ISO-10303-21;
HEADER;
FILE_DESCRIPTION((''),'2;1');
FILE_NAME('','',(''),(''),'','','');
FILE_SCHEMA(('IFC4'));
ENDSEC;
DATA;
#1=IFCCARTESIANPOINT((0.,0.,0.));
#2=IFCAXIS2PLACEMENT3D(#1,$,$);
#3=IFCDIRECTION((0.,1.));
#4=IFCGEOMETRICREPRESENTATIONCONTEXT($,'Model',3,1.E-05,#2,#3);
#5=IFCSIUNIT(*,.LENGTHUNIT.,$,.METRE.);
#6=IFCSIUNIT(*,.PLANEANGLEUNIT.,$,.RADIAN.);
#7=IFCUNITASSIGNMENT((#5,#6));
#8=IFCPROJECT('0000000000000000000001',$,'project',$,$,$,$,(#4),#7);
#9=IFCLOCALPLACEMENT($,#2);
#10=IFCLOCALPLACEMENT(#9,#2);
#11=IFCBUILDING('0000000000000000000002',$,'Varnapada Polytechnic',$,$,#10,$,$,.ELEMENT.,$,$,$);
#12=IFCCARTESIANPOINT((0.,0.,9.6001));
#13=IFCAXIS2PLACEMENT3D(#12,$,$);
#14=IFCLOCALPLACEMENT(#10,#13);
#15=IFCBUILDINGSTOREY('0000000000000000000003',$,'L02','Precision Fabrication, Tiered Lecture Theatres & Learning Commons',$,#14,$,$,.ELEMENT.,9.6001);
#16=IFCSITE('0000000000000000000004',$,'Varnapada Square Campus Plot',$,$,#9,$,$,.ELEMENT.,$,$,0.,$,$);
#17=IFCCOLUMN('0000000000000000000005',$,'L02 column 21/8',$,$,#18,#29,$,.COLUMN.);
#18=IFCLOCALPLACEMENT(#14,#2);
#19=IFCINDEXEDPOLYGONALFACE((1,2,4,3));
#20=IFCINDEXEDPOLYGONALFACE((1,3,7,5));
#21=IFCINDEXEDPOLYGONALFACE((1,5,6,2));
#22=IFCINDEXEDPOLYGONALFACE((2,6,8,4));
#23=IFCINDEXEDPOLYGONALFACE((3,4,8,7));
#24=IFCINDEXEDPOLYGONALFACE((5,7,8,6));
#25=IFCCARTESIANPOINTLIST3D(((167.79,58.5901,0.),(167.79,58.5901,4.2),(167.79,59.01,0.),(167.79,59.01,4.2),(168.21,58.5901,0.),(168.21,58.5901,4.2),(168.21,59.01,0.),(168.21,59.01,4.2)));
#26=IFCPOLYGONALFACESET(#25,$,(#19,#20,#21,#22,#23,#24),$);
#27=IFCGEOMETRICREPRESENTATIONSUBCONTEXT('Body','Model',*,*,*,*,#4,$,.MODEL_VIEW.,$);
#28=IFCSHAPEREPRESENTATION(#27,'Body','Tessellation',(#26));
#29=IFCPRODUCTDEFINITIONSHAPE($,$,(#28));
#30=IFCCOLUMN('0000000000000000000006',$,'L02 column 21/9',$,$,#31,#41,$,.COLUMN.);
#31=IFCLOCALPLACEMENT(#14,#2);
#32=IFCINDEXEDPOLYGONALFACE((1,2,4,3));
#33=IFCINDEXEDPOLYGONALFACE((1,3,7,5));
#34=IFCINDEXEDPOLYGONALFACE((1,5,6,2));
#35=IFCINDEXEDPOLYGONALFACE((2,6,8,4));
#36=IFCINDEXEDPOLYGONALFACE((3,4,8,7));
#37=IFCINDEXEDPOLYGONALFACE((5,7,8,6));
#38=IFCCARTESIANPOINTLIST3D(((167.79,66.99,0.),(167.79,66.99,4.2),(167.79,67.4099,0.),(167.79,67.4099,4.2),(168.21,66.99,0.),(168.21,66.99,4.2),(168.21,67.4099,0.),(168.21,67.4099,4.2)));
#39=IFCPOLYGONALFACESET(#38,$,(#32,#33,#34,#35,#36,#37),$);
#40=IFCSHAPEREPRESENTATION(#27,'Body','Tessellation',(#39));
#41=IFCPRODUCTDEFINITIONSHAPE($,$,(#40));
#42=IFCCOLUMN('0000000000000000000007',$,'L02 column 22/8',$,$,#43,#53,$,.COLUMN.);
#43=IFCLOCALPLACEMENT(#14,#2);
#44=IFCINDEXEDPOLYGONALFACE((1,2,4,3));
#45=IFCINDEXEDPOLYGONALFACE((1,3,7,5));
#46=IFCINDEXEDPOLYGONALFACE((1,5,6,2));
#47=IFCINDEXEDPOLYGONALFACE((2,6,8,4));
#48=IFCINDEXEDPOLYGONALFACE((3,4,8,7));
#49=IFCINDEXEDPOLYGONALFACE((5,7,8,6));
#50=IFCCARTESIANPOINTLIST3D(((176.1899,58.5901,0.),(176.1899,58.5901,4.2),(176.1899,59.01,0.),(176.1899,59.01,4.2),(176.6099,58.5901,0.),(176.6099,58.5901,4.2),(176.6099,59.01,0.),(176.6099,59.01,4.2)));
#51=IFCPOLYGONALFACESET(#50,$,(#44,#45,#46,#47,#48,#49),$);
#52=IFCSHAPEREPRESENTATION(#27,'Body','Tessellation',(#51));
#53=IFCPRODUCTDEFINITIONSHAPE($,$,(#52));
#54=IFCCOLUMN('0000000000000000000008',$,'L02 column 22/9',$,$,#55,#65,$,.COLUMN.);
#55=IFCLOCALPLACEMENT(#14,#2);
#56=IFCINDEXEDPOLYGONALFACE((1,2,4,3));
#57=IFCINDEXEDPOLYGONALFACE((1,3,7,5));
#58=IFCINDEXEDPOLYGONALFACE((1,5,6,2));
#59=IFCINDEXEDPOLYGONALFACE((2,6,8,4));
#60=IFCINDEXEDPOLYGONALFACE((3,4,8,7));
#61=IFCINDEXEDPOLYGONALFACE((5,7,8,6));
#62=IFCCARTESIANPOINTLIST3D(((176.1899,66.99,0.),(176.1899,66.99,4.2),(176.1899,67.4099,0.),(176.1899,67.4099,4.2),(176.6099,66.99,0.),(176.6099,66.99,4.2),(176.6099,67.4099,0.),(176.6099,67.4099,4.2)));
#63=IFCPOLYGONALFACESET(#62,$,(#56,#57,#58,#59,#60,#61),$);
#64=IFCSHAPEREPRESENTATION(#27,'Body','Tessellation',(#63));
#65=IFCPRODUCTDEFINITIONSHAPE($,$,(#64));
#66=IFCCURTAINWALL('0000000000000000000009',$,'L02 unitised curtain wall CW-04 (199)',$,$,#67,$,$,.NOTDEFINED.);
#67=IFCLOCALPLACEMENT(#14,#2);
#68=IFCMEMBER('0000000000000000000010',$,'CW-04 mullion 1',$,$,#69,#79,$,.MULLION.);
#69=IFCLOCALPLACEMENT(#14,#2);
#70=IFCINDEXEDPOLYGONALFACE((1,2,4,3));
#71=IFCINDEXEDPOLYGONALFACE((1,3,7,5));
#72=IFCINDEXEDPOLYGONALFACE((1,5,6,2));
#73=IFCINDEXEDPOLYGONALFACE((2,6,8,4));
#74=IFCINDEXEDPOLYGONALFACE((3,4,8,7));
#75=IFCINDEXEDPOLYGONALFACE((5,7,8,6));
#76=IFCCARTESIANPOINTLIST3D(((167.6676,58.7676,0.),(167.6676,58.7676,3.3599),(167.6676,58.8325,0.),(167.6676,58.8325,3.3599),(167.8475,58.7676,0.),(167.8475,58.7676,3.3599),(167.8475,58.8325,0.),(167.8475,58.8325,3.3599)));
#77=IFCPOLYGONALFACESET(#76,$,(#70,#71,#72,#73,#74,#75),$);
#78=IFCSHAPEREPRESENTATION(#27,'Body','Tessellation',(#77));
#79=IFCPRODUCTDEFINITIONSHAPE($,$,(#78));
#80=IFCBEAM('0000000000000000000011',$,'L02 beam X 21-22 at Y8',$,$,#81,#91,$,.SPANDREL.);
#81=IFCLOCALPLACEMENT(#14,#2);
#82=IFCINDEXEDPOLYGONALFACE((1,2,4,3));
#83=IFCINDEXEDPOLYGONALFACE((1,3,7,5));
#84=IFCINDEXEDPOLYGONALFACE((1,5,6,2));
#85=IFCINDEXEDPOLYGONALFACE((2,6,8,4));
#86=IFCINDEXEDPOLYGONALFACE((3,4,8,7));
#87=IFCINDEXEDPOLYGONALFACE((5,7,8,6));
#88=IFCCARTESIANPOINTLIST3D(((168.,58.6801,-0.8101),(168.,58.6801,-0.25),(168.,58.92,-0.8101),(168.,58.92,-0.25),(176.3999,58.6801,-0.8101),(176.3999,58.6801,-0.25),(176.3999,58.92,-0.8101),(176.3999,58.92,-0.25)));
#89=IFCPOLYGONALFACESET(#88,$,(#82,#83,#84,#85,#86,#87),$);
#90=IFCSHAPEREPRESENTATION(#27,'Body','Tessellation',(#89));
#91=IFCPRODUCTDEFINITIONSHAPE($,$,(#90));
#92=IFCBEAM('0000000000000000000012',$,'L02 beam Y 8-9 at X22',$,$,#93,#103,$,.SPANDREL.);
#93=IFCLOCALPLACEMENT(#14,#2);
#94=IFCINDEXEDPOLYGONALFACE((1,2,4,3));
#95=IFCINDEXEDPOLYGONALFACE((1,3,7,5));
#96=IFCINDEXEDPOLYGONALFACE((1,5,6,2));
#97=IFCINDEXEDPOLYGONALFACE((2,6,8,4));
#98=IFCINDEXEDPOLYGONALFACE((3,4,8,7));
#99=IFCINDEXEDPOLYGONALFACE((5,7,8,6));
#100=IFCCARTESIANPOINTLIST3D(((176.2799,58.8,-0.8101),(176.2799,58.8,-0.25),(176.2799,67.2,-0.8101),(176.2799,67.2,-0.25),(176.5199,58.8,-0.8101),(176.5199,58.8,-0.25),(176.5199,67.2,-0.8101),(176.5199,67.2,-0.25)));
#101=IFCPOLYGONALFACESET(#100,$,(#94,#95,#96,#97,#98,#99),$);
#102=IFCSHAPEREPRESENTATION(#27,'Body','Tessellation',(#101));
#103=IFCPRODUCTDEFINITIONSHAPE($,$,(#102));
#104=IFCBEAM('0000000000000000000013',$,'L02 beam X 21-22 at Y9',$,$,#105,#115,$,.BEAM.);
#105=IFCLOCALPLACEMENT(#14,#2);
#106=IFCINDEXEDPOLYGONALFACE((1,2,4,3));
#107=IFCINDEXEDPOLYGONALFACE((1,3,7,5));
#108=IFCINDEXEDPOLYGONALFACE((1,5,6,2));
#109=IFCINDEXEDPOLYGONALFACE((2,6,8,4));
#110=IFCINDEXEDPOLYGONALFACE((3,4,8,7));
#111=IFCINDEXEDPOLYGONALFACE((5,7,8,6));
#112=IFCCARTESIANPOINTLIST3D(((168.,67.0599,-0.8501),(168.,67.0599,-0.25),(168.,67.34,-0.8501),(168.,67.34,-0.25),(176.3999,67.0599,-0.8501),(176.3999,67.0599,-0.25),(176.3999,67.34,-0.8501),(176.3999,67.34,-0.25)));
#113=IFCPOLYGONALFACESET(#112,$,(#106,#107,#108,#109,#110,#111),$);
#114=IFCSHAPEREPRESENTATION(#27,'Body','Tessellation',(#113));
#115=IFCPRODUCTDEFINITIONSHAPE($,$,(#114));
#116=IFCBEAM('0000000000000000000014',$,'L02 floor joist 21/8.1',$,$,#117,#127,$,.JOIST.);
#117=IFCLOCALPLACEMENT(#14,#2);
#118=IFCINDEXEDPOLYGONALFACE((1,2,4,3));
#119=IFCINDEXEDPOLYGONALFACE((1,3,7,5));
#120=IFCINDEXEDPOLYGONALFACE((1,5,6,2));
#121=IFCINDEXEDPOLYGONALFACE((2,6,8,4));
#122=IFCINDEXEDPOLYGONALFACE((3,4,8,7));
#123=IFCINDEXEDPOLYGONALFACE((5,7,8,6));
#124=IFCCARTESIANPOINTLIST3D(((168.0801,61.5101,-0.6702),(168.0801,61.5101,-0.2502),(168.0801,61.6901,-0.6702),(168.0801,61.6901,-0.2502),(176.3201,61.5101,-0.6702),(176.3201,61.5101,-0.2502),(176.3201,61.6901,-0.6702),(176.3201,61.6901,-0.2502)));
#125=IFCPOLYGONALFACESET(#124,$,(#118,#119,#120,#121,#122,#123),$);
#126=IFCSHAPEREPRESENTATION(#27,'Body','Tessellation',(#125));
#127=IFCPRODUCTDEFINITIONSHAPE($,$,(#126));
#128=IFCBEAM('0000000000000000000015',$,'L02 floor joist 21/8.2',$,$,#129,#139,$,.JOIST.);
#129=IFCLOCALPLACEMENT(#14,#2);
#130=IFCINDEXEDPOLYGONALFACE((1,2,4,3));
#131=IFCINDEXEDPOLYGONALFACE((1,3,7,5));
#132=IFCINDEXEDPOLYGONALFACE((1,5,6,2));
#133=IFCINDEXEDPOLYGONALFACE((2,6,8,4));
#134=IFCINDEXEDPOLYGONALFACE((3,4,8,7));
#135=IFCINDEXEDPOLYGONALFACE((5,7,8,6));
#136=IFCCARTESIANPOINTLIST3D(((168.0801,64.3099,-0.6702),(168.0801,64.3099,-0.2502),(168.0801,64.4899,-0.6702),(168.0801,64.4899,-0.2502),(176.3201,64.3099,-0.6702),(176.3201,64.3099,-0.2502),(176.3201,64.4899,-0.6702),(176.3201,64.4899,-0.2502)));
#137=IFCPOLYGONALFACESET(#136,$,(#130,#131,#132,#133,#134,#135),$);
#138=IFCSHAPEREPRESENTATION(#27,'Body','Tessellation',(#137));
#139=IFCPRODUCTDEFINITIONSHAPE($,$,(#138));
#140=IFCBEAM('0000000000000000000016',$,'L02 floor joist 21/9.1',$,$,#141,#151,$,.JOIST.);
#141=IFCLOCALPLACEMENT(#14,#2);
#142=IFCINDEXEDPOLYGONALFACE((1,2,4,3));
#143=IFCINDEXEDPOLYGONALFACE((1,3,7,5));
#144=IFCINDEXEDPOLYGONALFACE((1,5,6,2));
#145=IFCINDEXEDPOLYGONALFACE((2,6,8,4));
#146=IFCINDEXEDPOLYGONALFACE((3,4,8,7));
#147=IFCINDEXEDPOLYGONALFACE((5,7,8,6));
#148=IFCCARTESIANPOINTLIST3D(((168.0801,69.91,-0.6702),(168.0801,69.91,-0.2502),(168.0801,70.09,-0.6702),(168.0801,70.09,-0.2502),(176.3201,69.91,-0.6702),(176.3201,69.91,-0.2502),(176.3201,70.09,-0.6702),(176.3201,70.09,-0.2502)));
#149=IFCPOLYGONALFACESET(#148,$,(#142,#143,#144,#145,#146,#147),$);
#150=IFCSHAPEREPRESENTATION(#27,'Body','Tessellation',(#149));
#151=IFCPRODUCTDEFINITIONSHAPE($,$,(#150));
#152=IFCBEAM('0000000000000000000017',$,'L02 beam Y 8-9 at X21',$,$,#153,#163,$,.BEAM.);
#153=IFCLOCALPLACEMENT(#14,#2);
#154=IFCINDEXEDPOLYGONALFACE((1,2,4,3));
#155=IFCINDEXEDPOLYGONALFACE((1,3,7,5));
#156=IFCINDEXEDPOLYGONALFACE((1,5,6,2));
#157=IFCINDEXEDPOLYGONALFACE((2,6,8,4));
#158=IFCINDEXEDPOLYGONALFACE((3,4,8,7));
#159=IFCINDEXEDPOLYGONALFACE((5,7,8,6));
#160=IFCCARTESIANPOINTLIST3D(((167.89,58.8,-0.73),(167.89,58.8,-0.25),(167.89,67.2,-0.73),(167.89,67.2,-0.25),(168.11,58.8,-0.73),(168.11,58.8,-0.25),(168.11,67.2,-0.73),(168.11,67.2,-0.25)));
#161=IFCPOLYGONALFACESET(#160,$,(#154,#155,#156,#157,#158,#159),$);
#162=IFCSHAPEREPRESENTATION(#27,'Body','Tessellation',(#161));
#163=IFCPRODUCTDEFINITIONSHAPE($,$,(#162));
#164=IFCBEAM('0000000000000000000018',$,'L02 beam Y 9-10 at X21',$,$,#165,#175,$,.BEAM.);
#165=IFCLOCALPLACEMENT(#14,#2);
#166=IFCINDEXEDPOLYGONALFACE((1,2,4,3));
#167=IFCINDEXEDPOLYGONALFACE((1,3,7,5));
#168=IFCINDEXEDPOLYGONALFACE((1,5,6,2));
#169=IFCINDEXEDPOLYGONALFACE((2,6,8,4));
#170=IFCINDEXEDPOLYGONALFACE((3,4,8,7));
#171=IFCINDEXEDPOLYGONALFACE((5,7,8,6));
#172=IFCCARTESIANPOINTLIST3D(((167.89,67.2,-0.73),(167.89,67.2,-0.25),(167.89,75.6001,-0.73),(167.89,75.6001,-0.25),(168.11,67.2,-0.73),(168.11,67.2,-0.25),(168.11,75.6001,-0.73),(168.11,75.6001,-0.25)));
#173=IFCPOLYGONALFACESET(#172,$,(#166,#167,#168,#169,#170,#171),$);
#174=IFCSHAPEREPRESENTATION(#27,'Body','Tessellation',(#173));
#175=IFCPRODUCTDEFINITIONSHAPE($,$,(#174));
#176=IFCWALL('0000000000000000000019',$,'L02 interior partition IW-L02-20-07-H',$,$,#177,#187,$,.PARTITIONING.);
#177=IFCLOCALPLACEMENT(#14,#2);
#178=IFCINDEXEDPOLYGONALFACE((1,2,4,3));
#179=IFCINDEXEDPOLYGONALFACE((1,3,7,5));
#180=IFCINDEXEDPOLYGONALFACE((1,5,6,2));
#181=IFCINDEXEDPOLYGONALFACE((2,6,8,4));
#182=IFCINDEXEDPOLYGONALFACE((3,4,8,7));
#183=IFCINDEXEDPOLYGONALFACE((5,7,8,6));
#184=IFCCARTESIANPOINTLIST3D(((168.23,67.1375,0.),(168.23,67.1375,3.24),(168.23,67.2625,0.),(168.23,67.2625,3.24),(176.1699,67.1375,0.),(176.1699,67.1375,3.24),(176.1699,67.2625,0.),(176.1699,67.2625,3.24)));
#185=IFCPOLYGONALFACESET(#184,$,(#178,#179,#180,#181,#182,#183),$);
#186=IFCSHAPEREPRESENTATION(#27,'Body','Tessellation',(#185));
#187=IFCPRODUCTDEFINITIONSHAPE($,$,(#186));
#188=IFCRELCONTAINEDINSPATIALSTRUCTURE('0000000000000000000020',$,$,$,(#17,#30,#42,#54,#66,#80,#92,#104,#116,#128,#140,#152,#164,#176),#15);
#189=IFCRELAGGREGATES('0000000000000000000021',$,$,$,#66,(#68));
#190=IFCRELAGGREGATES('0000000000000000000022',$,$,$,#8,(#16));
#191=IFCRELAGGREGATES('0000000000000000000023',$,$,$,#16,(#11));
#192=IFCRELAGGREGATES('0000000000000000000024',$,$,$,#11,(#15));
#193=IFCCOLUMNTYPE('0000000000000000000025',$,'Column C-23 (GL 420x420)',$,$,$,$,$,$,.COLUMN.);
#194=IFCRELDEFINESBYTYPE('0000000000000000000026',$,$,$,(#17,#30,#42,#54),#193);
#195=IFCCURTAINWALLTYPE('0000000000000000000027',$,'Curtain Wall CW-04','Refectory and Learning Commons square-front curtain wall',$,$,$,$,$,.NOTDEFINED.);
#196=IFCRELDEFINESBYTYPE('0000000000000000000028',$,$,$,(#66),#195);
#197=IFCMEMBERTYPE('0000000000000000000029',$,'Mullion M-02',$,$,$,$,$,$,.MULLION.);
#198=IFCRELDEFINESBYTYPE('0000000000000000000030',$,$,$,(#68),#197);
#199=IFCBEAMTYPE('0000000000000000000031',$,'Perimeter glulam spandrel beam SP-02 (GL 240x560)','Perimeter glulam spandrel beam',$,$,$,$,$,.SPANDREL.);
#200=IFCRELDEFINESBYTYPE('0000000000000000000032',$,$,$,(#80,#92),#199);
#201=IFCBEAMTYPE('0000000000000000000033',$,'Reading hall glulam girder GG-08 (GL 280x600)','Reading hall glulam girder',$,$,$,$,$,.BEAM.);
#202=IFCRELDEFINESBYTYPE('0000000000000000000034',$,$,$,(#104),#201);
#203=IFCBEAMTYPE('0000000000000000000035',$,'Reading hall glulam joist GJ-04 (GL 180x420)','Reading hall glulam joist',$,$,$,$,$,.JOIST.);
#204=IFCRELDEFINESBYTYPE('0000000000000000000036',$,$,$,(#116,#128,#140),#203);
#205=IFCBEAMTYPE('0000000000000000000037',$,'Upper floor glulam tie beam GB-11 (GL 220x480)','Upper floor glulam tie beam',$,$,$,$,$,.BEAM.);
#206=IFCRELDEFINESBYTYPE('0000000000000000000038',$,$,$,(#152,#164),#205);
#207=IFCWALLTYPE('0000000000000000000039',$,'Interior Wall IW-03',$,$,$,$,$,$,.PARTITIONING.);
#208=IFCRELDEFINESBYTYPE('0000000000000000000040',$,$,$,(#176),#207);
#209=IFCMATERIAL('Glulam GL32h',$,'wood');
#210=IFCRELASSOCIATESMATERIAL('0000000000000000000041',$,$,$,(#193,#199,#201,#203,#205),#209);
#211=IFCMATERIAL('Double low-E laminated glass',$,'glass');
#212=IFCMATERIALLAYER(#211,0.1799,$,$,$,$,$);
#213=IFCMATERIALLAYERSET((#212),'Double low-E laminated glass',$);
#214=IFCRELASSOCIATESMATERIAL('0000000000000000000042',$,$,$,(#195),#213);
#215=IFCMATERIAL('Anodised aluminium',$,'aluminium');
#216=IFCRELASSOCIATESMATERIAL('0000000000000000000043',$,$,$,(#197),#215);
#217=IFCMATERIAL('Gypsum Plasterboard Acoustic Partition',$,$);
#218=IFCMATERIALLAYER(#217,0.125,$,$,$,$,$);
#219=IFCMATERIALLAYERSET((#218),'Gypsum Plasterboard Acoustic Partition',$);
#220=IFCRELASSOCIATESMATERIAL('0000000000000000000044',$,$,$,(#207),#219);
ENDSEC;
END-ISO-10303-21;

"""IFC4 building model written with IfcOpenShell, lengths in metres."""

from ifc_helpers import new_model, si_unit, direction, frame, frame_2d, origin, origin_2d, place, context, subcontext, project, spatial, rectangle, extrude, material, layer, layer_set, material_profile, profile_set, type_object, element, aggregate, save


model = new_model("IFC4")

# Units and contexts
model_context = context("Model", 3, precision=1e-05, world=origin(), true_north=direction((0.0, 1.0)))
body_context = subcontext(model_context, "Body", "Model", "MODEL_VIEW")
ifc_project = project(units=[si_unit("LENGTHUNIT", "METRE"), si_unit("PLANEANGLEUNIT", "RADIAN")], contexts=[model_context])

# Site, building, storey
site_placement = place(None, origin())
site = spatial("IfcSite", under=ifc_project, at=site_placement, Name="Varnapada Square Campus Plot", CompositionType="ELEMENT", RefElevation=0.0)
building_placement = place(site_placement, origin())
building = spatial("IfcBuilding", under=site, at=building_placement, Name="Varnapada Polytechnic", CompositionType="ELEMENT")
storey_placement = place(building_placement, frame((0.0, 0.0, 9.6001)))
storey = spatial("IfcBuildingStorey", under=building, at=storey_placement, Name="L02", Description="Precision Fabrication, Tiered Lecture Theatres & Learning Commons", CompositionType="ELEMENT", Elevation=9.6001)

# Columns
ifc_material_1 = material(Name="Glulam GL32h", Category="wood")
ifc_material_profile_1 = material_profile(ifc_material_1, rectangle(XDim=0.4199, YDim=0.4199, at=origin_2d()), Name="GL 420x420")
ifc_profile_set_1 = profile_set([ifc_material_profile_1], Name="Glulam GL32h")
column_type = type_object("IfcColumnType", Name="Column C-23 (GL 420x420)", PredefinedType="COLUMN", material=ifc_profile_set_1)
for number, where, z_axis, x_axis, name in (
    (1, (168.0, 58.8, 0.0), (0.0, 0.0, 1.0), (1.0, 0.0, 0.0), "L02 column 21/8"),
    (2, (168.0, 67.2, 0.0), (0.0, 0.0, 1.0), (1.0, 0.0, 0.0), "L02 column 21/9"),
    (3, (176.3999, 58.8, 0.0), (0.0, 0.0, 1.0), (1.0, 0.0, 0.0), "L02 column 22/8"),
    (4, (176.3999, 67.2, 0.0), (0.0, 0.0, 1.0), (1.0, 0.0, 0.0), "L02 column 22/9"),
):
    element("IfcColumn", number, at=place(storey_placement, frame(where, z_axis=z_axis, x_axis=x_axis)), inside=storey, type_object=column_type, Name=name, PredefinedType="COLUMN", context=body_context, shape_type="SweptSolid", body=[
        extrude(rectangle(XDim=0.4199, YDim=0.4199, at=origin_2d()), origin(), (0.0, 0.0, 1.0), 4.2),
    ])

# Curtain wall, member
ifc_material_2 = material(Name="Double low-E laminated glass", Category="glass")
ifc_layer_1 = layer(ifc_material_2, 0.1799)
ifc_layer_set_1 = layer_set([ifc_layer_1], Name="Double low-E laminated glass")
curtain_wall_type = type_object("IfcCurtainWallType", Name="Curtain Wall CW-04", Description="Refectory and Learning Commons square-front curtain wall", PredefinedType="NOTDEFINED", material=ifc_layer_set_1)
curtain_wall_placement = place(storey_placement, origin())
curtain_wall = element("IfcCurtainWall", 5, at=curtain_wall_placement, inside=storey, type_object=curtain_wall_type, Name="L02 unitised curtain wall CW-04 (199)", PredefinedType="NOTDEFINED")
ifc_material_3 = material(Name="Anodised aluminium", Category="aluminium")
ifc_material_profile_2 = material_profile(ifc_material_3, rectangle(XDim=0.0649, YDim=0.1799, at=origin_2d()), Name="ALU M65x180")
ifc_profile_set_2 = profile_set([ifc_material_profile_2], Name="Anodised aluminium")
member_type = type_object("IfcMemberType", Name="Mullion M-02", PredefinedType="MULLION", material=ifc_profile_set_2)
member_placement = place(storey_placement, frame((167.7576, 58.8, 0.0), z_axis=(0.0, 0.0, 1.0), x_axis=(0.0, -1.0, 0.0)))
member = element("IfcMember", 6, at=member_placement, type_object=member_type, Name="CW-04 mullion 1", PredefinedType="MULLION", context=body_context, shape_type="SweptSolid", body=[
    extrude(rectangle(XDim=0.0649, YDim=0.1799, at=origin_2d()), origin(), (0.0, 0.0, 1.0), 3.3599),
])
aggregate(curtain_wall, [member])

# Beams
ifc_material_profile_3 = material_profile(ifc_material_1, rectangle(XDim=0.24, YDim=0.5601, at=origin_2d()), Name="GL 240x560")
ifc_profile_set_3 = profile_set([ifc_material_profile_3], Name="Glulam GL32h")
beam_type_1 = type_object("IfcBeamType", Name="Perimeter glulam spandrel beam SP-02 (GL 240x560)", Description="Perimeter glulam spandrel beam", PredefinedType="SPANDREL", material=ifc_profile_set_3)
for number, where, z_axis, x_axis, name in (
    (7, (168.0, 58.8, -0.53), (1.0, 0.0, 0.0), (0.0, 1.0, 0.0), "L02 beam X 21-22 at Y8"),
    (8, (176.3999, 58.8, -0.53), (0.0, 1.0, 0.0), (-1.0, 0.0, 0.0), "L02 beam Y 8-9 at X22"),
):
    element("IfcBeam", number, at=place(storey_placement, frame(where, z_axis=z_axis, x_axis=x_axis)), inside=storey, type_object=beam_type_1, Name=name, PredefinedType="SPANDREL", context=body_context, shape_type="SweptSolid", body=[
        extrude(rectangle(XDim=0.24, YDim=0.5601, at=origin_2d()), origin(), (0.0, 0.0, 1.0), 8.3999),
    ])
ifc_material_profile_4 = material_profile(ifc_material_1, rectangle(XDim=0.28, YDim=0.6001, at=origin_2d()), Name="GL 280x600")
ifc_profile_set_4 = profile_set([ifc_material_profile_4], Name="Glulam GL32h")
beam_type_2 = type_object("IfcBeamType", Name="Reading hall glulam girder GG-08 (GL 280x600)", Description="Reading hall glulam girder", PredefinedType="BEAM", material=ifc_profile_set_4)
beam_1_placement = place(storey_placement, frame((168.0, 67.2, -0.55), z_axis=(1.0, 0.0, 0.0), x_axis=(0.0, 1.0, 0.0)))
element("IfcBeam", 9, at=beam_1_placement, inside=storey, type_object=beam_type_2, Name="L02 beam X 21-22 at Y9", PredefinedType="BEAM", context=body_context, shape_type="SweptSolid", body=[
    extrude(rectangle(XDim=0.28, YDim=0.6001, at=origin_2d()), origin(), (0.0, 0.0, 1.0), 8.3999),
])
ifc_material_profile_5 = material_profile(ifc_material_1, rectangle(XDim=0.1799, YDim=0.4199, at=origin_2d()), Name="GL 180x420")
ifc_profile_set_5 = profile_set([ifc_material_profile_5], Name="Glulam GL32h")
beam_type_3 = type_object("IfcBeamType", Name="Reading hall glulam joist GJ-04 (GL 180x420)", Description="Reading hall glulam joist", PredefinedType="JOIST", material=ifc_profile_set_5)
for number, where, z_axis, x_axis, name in (
    (10, (168.0801, 61.6001, -0.4602), (1.0, 0.0, 0.0), (0.0, 1.0, 0.0), "L02 floor joist 21/8.1"),
    (11, (168.0801, 64.3999, -0.4602), (1.0, 0.0, 0.0), (0.0, 1.0, 0.0), "L02 floor joist 21/8.2"),
    (12, (168.0801, 70.0, -0.4602), (1.0, 0.0, 0.0), (0.0, 1.0, 0.0), "L02 floor joist 21/9.1"),
):
    element("IfcBeam", number, at=place(storey_placement, frame(where, z_axis=z_axis, x_axis=x_axis)), inside=storey, type_object=beam_type_3, Name=name, PredefinedType="JOIST", context=body_context, shape_type="SweptSolid", body=[
        extrude(rectangle(XDim=0.1799, YDim=0.4199, at=origin_2d()), origin(), (0.0, 0.0, 1.0), 8.24),
    ])
ifc_material_profile_6 = material_profile(ifc_material_1, rectangle(XDim=0.22, YDim=0.48, at=origin_2d()), Name="GL 220x480")
ifc_profile_set_6 = profile_set([ifc_material_profile_6], Name="Glulam GL32h")
beam_type_4 = type_object("IfcBeamType", Name="Upper floor glulam tie beam GB-11 (GL 220x480)", Description="Upper floor glulam tie beam", PredefinedType="BEAM", material=ifc_profile_set_6)
beam_2_placement = place(storey_placement, frame((168.0, 58.8, -0.49), z_axis=(0.0, 1.0, 0.0), x_axis=(-1.0, 0.0, 0.0)))
element("IfcBeam", 13, at=beam_2_placement, inside=storey, type_object=beam_type_4, Name="L02 beam Y 8-9 at X21", PredefinedType="BEAM", context=body_context, shape_type="SweptSolid", body=[
    extrude(rectangle(XDim=0.22, YDim=0.48, at=origin_2d()), origin(), (0.0, 0.0, 1.0), 8.3999),
])
beam_3_placement = place(storey_placement, frame((168.0, 67.2, -0.49), z_axis=(0.0, 1.0, 0.0), x_axis=(-1.0, 0.0, 0.0)))
element("IfcBeam", 14, at=beam_3_placement, inside=storey, type_object=beam_type_4, Name="L02 beam Y 9-10 at X21", PredefinedType="BEAM", context=body_context, shape_type="SweptSolid", body=[
    extrude(rectangle(XDim=0.22, YDim=0.48, at=origin_2d()), origin(), (0.0, 0.0, 1.0), 8.4001),
])

# Wall
ifc_material_4 = material(Name="Gypsum Plasterboard Acoustic Partition")
ifc_layer_2 = layer(ifc_material_4, 0.125)
ifc_layer_set_2 = layer_set([ifc_layer_2], Name="Gypsum Plasterboard Acoustic Partition")
wall_type_1 = type_object("IfcWallType", Name="Interior Wall IW-03", PredefinedType="PARTITIONING", material=ifc_layer_set_2)
wall_1_placement = place(storey_placement, frame((168.23, 67.2, 0.0), z_axis=(0.0, 0.0, 1.0), x_axis=(1.0, 0.0, 0.0)))
element("IfcWall", 15, at=wall_1_placement, inside=storey, type_object=wall_type_1, Name="L02 interior partition IW-L02-20-07-H", PredefinedType="PARTITIONING", context=body_context, shape_type="SweptSolid", body=[
    extrude(rectangle(XDim=7.9399, YDim=0.125, at=frame_2d((3.97, 0.0))), origin(), (0.0, 0.0, 1.0), 3.24),
])

save(model, "model.ifc")
